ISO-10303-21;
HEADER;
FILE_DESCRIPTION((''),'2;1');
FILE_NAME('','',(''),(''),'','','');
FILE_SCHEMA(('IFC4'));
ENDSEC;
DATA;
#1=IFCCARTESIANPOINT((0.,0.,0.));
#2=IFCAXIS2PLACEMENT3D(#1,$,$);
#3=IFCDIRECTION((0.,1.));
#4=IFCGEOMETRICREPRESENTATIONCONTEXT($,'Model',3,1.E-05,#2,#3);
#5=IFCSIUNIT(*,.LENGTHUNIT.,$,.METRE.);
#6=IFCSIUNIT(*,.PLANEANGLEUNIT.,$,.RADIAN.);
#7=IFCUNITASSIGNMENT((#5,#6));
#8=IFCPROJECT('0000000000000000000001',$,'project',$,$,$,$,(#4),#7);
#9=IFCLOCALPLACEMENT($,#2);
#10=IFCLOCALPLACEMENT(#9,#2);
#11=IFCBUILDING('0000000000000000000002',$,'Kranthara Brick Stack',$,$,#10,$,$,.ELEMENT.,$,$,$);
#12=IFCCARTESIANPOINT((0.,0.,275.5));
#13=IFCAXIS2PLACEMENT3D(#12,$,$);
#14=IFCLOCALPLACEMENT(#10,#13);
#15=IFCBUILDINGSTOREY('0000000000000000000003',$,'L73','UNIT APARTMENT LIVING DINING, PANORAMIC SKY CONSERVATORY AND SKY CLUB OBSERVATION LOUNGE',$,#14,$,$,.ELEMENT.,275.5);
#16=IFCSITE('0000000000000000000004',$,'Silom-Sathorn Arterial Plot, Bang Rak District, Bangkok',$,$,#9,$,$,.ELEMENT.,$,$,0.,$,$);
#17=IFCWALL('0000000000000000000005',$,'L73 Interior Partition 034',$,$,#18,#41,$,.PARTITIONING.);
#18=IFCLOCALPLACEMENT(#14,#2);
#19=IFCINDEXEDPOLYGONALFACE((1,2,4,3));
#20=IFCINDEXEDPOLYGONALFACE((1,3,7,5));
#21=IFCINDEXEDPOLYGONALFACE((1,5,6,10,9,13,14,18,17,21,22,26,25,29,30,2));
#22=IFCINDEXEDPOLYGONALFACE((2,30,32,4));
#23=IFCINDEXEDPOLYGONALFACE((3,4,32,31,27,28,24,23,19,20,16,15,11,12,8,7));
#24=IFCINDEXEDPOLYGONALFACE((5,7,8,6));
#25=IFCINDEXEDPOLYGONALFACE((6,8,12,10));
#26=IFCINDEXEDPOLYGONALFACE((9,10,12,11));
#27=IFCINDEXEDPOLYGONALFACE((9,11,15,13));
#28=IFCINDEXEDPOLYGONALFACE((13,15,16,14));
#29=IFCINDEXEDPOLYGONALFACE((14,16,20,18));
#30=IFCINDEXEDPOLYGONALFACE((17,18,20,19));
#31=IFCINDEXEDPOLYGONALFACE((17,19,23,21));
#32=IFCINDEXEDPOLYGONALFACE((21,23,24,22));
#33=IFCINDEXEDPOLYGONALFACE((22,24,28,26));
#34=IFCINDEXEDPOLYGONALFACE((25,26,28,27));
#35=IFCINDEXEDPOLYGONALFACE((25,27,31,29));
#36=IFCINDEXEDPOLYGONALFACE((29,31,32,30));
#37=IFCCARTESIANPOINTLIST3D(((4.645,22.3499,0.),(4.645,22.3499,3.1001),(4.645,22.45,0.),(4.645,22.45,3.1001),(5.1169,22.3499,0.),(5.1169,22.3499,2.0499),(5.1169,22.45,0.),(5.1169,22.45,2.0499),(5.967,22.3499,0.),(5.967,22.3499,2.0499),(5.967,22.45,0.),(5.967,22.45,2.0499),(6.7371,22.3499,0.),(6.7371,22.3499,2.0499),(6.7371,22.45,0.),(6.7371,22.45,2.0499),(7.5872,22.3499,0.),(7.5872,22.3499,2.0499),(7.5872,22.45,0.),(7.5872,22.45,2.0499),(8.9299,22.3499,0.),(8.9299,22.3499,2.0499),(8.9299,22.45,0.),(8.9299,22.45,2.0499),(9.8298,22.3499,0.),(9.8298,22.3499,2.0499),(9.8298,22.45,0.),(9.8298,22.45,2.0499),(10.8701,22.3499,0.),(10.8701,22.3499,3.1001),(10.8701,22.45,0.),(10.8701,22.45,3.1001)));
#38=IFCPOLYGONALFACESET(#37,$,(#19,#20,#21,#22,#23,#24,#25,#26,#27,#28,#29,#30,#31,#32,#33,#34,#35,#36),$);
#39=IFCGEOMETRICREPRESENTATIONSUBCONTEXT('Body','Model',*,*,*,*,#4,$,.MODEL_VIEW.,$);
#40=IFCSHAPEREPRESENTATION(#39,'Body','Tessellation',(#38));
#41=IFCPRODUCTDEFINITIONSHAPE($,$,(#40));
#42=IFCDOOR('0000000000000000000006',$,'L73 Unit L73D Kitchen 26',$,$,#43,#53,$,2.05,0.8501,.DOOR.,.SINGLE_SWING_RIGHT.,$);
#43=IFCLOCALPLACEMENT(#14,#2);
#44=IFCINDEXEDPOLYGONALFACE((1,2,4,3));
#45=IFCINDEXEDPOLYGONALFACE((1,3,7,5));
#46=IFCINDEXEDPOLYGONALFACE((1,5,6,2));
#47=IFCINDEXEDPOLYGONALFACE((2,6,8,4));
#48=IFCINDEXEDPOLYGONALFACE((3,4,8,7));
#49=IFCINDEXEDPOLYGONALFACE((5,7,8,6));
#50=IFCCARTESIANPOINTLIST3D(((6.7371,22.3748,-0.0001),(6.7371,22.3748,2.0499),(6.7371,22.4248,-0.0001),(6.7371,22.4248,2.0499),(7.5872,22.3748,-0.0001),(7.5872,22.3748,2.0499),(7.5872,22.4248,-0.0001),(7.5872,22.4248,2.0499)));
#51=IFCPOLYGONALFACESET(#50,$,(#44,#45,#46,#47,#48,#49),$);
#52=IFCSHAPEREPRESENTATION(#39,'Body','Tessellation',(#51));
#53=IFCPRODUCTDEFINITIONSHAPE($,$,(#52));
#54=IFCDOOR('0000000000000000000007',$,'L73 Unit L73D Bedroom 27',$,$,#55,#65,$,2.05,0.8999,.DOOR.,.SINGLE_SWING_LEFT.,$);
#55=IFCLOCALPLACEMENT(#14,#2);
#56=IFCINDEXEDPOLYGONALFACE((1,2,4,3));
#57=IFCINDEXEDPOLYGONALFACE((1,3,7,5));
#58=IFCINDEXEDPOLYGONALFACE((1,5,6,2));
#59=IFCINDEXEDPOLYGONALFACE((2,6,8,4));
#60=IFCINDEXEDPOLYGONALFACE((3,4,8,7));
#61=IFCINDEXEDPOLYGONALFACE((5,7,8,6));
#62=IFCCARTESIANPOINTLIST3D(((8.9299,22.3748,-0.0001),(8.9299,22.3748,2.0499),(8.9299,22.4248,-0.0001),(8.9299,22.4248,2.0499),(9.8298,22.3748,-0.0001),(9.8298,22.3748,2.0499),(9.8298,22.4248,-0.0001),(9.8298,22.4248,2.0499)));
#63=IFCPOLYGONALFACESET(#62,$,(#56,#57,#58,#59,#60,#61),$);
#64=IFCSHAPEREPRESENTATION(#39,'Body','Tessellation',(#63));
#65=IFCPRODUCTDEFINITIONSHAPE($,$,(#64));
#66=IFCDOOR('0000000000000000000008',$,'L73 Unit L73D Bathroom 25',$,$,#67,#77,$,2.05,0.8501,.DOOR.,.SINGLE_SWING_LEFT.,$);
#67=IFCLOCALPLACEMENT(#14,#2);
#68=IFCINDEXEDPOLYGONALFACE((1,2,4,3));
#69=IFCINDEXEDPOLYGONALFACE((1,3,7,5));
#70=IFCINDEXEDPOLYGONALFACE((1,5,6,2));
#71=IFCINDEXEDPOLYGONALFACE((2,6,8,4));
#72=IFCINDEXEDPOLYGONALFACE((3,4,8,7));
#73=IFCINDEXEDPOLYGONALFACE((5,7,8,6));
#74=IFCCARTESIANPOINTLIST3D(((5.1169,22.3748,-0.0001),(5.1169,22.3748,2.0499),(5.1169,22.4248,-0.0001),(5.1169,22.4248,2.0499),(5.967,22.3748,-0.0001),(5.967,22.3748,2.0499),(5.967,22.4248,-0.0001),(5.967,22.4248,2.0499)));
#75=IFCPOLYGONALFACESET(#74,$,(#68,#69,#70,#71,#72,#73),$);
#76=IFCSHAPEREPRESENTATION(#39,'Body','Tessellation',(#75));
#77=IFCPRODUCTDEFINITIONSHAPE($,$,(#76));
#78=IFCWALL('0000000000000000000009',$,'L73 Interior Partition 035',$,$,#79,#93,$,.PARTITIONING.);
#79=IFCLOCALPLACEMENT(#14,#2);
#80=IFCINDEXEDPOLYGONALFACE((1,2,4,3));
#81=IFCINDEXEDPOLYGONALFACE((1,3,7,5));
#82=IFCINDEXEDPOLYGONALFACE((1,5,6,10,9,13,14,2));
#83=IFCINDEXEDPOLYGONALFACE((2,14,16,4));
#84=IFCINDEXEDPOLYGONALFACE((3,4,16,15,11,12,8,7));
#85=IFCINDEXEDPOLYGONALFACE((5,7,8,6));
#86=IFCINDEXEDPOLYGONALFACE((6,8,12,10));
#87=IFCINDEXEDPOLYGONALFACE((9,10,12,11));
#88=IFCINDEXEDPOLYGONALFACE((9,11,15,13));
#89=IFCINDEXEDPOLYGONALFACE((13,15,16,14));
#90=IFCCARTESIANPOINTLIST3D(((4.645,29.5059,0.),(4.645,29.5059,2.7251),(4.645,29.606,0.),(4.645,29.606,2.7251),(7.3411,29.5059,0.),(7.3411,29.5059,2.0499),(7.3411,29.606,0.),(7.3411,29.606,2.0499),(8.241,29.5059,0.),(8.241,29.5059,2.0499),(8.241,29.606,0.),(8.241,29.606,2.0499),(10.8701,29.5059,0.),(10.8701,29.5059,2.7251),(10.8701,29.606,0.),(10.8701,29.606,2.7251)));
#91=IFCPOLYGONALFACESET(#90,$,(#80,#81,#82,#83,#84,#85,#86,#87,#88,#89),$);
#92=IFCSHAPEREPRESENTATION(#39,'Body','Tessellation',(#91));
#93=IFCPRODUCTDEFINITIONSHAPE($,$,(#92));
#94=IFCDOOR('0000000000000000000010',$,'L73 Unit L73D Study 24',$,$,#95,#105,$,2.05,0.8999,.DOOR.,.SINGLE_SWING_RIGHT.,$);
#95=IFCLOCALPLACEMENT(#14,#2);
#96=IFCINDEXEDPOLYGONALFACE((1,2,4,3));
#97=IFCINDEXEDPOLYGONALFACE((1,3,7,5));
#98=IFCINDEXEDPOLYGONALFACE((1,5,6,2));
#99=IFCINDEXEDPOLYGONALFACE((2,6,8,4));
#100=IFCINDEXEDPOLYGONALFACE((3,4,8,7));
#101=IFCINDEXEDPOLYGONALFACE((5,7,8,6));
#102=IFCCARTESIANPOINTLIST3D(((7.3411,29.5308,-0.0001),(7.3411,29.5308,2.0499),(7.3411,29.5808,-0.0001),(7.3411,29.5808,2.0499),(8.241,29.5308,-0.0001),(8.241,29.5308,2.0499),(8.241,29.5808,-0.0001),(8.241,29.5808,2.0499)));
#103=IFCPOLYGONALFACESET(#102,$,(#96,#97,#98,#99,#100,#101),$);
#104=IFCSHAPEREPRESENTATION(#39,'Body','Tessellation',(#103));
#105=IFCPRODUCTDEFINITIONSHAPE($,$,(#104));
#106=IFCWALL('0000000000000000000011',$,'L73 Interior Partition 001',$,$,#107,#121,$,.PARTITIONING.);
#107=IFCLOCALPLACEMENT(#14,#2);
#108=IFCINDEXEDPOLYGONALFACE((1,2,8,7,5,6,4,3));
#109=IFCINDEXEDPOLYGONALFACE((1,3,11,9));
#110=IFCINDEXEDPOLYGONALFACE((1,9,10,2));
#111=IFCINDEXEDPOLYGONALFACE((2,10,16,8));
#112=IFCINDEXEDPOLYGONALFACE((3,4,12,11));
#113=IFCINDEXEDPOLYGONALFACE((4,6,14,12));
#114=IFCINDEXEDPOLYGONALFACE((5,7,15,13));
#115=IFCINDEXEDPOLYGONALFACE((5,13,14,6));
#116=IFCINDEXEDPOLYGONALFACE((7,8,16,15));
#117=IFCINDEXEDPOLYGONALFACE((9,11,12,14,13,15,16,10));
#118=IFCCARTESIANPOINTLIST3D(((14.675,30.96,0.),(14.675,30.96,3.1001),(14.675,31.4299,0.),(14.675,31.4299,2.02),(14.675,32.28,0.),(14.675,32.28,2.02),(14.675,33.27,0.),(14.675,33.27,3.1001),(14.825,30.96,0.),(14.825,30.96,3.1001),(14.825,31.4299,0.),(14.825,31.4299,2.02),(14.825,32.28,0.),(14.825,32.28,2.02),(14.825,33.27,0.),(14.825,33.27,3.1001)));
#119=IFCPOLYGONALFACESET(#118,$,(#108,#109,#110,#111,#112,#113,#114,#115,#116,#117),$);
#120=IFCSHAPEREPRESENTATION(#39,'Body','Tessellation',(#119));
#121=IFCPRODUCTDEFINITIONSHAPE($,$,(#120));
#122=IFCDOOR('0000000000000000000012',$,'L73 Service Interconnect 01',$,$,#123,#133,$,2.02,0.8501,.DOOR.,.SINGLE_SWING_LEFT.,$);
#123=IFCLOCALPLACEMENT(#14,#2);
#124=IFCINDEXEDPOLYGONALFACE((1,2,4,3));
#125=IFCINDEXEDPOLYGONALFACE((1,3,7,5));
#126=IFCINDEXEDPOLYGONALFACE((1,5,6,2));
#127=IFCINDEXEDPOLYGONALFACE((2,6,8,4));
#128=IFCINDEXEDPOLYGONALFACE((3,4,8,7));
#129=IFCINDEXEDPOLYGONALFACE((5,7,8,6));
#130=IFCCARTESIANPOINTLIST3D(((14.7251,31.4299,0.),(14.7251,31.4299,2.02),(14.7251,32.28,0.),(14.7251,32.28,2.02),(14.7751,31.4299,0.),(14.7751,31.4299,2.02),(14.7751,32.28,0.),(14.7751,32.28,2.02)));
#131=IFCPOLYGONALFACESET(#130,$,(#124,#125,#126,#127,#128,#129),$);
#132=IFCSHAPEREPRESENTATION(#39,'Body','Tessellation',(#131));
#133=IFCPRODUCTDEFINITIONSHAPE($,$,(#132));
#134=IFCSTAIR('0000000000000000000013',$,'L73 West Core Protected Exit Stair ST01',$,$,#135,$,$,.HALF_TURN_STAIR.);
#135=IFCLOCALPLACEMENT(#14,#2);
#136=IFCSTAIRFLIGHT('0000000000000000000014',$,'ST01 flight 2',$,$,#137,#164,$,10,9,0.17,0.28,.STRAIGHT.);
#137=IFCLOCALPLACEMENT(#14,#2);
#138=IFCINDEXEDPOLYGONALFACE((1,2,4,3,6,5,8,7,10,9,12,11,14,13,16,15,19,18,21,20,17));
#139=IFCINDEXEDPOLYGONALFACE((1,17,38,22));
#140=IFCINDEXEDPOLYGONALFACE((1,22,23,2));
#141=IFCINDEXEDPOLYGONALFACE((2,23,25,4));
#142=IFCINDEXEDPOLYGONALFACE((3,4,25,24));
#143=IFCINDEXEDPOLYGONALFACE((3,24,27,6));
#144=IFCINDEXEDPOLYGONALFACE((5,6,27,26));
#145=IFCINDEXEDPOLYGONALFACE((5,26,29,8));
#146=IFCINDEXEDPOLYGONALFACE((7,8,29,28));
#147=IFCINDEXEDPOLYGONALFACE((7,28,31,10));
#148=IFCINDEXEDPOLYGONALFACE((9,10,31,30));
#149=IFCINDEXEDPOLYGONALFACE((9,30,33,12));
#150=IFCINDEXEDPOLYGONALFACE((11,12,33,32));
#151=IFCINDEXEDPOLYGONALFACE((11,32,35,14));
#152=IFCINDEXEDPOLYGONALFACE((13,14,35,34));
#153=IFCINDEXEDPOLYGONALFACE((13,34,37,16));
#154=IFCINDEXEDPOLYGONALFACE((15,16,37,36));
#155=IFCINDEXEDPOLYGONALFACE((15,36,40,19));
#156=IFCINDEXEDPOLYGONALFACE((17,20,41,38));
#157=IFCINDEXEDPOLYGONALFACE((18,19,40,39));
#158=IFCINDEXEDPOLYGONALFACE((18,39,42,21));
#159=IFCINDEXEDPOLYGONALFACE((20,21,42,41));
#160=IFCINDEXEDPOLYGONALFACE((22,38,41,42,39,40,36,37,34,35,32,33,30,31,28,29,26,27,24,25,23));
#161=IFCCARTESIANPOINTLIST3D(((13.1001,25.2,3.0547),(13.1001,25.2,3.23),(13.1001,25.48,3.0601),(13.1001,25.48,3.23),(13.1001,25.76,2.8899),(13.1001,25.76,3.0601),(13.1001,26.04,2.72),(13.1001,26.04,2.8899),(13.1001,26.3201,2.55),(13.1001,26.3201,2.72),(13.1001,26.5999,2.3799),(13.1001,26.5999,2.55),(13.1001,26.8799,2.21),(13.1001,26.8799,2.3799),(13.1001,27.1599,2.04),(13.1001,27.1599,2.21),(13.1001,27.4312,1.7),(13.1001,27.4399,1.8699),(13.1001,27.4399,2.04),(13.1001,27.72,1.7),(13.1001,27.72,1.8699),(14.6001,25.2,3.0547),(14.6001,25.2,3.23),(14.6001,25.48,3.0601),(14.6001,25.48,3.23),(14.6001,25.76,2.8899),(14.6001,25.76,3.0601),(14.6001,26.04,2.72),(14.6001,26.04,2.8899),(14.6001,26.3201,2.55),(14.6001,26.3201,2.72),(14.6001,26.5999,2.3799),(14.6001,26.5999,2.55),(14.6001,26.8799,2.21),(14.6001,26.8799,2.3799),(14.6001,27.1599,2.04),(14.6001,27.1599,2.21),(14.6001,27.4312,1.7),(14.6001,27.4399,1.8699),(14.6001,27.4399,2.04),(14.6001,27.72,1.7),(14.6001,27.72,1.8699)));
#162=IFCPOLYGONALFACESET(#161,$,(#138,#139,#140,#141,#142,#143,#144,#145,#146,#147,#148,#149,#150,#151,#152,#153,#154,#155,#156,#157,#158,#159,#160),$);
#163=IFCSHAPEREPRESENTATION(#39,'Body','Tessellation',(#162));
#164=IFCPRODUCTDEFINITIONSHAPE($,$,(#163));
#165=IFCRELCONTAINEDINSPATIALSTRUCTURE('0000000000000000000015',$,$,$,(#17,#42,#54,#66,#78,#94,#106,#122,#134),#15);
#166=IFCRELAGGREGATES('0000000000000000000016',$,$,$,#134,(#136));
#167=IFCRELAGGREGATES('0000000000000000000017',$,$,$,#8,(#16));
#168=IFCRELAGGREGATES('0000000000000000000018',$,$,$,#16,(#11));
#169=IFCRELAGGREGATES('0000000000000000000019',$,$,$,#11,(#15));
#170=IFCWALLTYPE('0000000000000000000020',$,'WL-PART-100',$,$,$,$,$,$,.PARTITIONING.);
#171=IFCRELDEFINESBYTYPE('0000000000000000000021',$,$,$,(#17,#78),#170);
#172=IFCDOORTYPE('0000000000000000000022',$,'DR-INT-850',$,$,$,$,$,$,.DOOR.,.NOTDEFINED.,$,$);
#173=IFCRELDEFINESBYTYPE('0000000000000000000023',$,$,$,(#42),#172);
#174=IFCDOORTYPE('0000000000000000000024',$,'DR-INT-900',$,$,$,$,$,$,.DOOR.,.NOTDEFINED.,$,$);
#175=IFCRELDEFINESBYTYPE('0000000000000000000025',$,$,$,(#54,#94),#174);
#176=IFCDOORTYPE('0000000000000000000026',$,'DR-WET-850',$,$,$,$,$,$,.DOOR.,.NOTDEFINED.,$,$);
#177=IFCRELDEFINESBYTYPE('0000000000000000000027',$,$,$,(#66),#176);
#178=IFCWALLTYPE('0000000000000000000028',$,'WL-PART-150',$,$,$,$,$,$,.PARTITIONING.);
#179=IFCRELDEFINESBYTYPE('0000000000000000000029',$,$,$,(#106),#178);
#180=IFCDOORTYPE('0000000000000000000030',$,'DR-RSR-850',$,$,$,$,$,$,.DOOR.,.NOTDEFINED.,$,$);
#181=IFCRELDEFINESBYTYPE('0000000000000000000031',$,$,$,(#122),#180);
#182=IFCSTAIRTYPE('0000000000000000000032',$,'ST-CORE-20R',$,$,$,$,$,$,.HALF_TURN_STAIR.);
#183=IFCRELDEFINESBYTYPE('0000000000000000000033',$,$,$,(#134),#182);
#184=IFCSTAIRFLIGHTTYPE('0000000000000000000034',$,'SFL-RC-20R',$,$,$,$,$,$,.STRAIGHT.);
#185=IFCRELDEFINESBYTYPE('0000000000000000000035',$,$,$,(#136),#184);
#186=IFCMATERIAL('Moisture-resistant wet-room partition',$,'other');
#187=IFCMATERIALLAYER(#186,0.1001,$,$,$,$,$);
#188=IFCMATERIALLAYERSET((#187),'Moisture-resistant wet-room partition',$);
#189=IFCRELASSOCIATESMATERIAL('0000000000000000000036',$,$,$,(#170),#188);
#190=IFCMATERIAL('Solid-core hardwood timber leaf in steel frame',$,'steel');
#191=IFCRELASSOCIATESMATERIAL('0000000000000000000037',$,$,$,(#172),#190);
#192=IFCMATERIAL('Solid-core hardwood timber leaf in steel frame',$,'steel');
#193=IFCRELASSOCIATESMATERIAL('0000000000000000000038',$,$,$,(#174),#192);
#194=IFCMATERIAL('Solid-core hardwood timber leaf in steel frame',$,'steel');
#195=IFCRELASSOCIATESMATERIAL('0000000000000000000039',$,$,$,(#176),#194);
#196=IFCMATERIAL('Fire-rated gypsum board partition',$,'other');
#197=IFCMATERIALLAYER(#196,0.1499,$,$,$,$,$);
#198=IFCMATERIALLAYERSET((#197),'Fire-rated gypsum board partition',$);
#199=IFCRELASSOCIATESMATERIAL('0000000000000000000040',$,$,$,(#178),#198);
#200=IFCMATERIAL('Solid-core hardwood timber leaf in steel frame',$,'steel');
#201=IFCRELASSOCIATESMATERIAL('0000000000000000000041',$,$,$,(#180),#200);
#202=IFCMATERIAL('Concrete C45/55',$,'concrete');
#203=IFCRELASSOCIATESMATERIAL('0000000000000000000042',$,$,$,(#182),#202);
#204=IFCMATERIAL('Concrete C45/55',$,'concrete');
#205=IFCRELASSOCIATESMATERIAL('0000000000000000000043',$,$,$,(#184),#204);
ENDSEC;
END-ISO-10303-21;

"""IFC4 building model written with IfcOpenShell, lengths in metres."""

from ifc_helpers import new_model, si_unit, direction, frame, frame_2d, origin, place, context, subcontext, project, spatial, polyline, rectangle, outline, extrude, material, layer, layer_set, type_object, element, fill, aggregate, save


model = new_model("IFC4")

# Units and contexts
model_context = context("Model", 3, precision=1e-05, world=origin(), true_north=direction((0.0, 1.0)))
body_context = subcontext(model_context, "Body", "Model", "MODEL_VIEW")
ifc_project = project(units=[si_unit("LENGTHUNIT", "METRE"), si_unit("PLANEANGLEUNIT", "RADIAN")], contexts=[model_context])

# Site, building, storey
site_placement = place(None, origin())
site = spatial("IfcSite", under=ifc_project, at=site_placement, Name="Silom-Sathorn Arterial Plot, Bang Rak District, Bangkok", CompositionType="ELEMENT", RefElevation=0.0)
building_placement = place(site_placement, origin())
building = spatial("IfcBuilding", under=site, at=building_placement, Name="Kranthara Brick Stack", CompositionType="ELEMENT")
storey_placement = place(building_placement, frame((0.0, 0.0, 275.5)))
storey = spatial("IfcBuildingStorey", under=building, at=storey_placement, Name="L73", Description="UNIT APARTMENT LIVING DINING, PANORAMIC SKY CONSERVATORY AND SKY CLUB OBSERVATION LOUNGE", CompositionType="ELEMENT", Elevation=275.5)

# Wall, openings, doors
ifc_material_1 = material(Name="Moisture-resistant wet-room partition", Category="other")
ifc_layer_1 = layer(ifc_material_1, 0.1001)
ifc_layer_set_1 = layer_set([ifc_layer_1], Name="Moisture-resistant wet-room partition")
wall_type_1 = type_object("IfcWallType", Name="WL-PART-100", PredefinedType="PARTITIONING", material=ifc_layer_set_1)
wall_1_placement = place(storey_placement, frame((4.645, 22.3999, 0.0), z_axis=(0.0, 0.0, 1.0), x_axis=(1.0, 0.0, 0.0)))
wall_1 = element("IfcWall", 1, at=wall_1_placement, inside=storey, type_object=wall_type_1, Name="L73 Interior Partition 034", PredefinedType="PARTITIONING", context=body_context, shape_type="SweptSolid", body=[
    extrude(rectangle(XDim=6.2251, YDim=0.1001, at=frame_2d((3.1125, 0.0))), origin(), (0.0, 0.0, 1.0), 3.1001),
])
opening_1_placement = place(wall_1_placement, frame((0.4719, 0.0, 0.0)))
opening_1 = element("IfcOpeningElement", 2, at=opening_1_placement, cuts=wall_1, PredefinedType="OPENING", context=body_context, shape_type="SweptSolid", body=[
    extrude(rectangle(XDim=0.8501, YDim=2.05, at=frame_2d((0.425, 1.0249))), frame((0.0, 0.0601, 0.0), z_axis=(0.0, -1.0, 0.0), x_axis=(1.0, 0.0, 0.0)), (0.0, 0.0, 1.0), 0.1201),
])
opening_2_placement = place(wall_1_placement, frame((2.092, 0.0, 0.0)))
opening_2 = element("IfcOpeningElement", 3, at=opening_2_placement, cuts=wall_1, PredefinedType="OPENING", context=body_context, shape_type="SweptSolid", body=[
    extrude(rectangle(XDim=0.8501, YDim=2.05, at=frame_2d((0.425, 1.0249))), frame((0.0, 0.0601, 0.0), z_axis=(0.0, -1.0, 0.0), x_axis=(1.0, 0.0, 0.0)), (0.0, 0.0, 1.0), 0.1201),
])
opening_3_placement = place(wall_1_placement, frame((4.2849, 0.0, 0.0)))
opening_3 = element("IfcOpeningElement", 4, at=opening_3_placement, cuts=wall_1, PredefinedType="OPENING", context=body_context, shape_type="SweptSolid", body=[
    extrude(rectangle(XDim=0.8999, YDim=2.05, at=frame_2d((0.45, 1.0249))), frame((0.0, 0.0601, 0.0), z_axis=(0.0, -1.0, 0.0), x_axis=(1.0, 0.0, 0.0)), (0.0, 0.0, 1.0), 0.1201),
])
ifc_material_2 = material(Name="Solid-core hardwood timber leaf in steel frame", Category="steel")
door_type_1 = type_object("IfcDoorType", Name="DR-INT-850", OperationType="NOTDEFINED", PredefinedType="DOOR", material=ifc_material_2)
door_1_placement = place(opening_2_placement, origin())
door_1 = element("IfcDoor", 5, at=door_1_placement, inside=storey, type_object=door_type_1, Name="L73 Unit L73D Kitchen 26", OperationType="SINGLE_SWING_RIGHT", OverallHeight=2.05, OverallWidth=0.8501, PredefinedType="DOOR", context=body_context, shape_type="SweptSolid", body=[
    extrude(rectangle(XDim=0.8501, YDim=2.05, at=frame_2d((0.425, 1.0249))), frame((0.0, 0.0249, 0.0), z_axis=(0.0, -1.0, 0.0), x_axis=(1.0, 0.0, 0.0)), (0.0, 0.0, 1.0), 0.05),
])
fill(opening_2, door_1)
ifc_material_3 = material(Name="Solid-core hardwood timber leaf in steel frame", Category="steel")
door_type_2 = type_object("IfcDoorType", Name="DR-INT-900", OperationType="NOTDEFINED", PredefinedType="DOOR", material=ifc_material_3)
door_2_placement = place(opening_3_placement, origin())
door_2 = element("IfcDoor", 6, at=door_2_placement, inside=storey, type_object=door_type_2, Name="L73 Unit L73D Bedroom 27", OperationType="SINGLE_SWING_LEFT", OverallHeight=2.05, OverallWidth=0.8999, PredefinedType="DOOR", context=body_context, shape_type="SweptSolid", body=[
    extrude(rectangle(XDim=0.8999, YDim=2.05, at=frame_2d((0.45, 1.0249))), frame((0.0, 0.0249, 0.0), z_axis=(0.0, -1.0, 0.0), x_axis=(1.0, 0.0, 0.0)), (0.0, 0.0, 1.0), 0.05),
])
fill(opening_3, door_2)
ifc_material_4 = material(Name="Solid-core hardwood timber leaf in steel frame", Category="steel")
door_type_3 = type_object("IfcDoorType", Name="DR-WET-850", OperationType="NOTDEFINED", PredefinedType="DOOR", material=ifc_material_4)
door_3_placement = place(opening_1_placement, origin())
door_3 = element("IfcDoor", 7, at=door_3_placement, inside=storey, type_object=door_type_3, Name="L73 Unit L73D Bathroom 25", OperationType="SINGLE_SWING_LEFT", OverallHeight=2.05, OverallWidth=0.8501, PredefinedType="DOOR", context=body_context, shape_type="SweptSolid", body=[
    extrude(rectangle(XDim=0.8501, YDim=2.05, at=frame_2d((0.425, 1.0249))), frame((0.0, 0.0249, 0.0), z_axis=(0.0, -1.0, 0.0), x_axis=(1.0, 0.0, 0.0)), (0.0, 0.0, 1.0), 0.05),
])
fill(opening_1, door_3)

# Walls, openings, doors
wall_2_placement = place(storey_placement, frame((4.645, 29.5559, 0.0), z_axis=(0.0, 0.0, 1.0), x_axis=(1.0, 0.0, 0.0)))
wall_2 = element("IfcWall", 8, at=wall_2_placement, inside=storey, type_object=wall_type_1, Name="L73 Interior Partition 035", PredefinedType="PARTITIONING", context=body_context, shape_type="SweptSolid", body=[
    extrude(rectangle(XDim=6.2251, YDim=0.1001, at=frame_2d((3.1125, 0.0))), origin(), (0.0, 0.0, 1.0), 2.7251),
])
opening_4_placement = place(wall_2_placement, frame((2.696, 0.0, 0.0)))
opening_4 = element("IfcOpeningElement", 9, at=opening_4_placement, cuts=wall_2, PredefinedType="OPENING", context=body_context, shape_type="SweptSolid", body=[
    extrude(rectangle(XDim=0.8999, YDim=2.05, at=frame_2d((0.45, 1.0249))), frame((0.0, 0.0601, 0.0), z_axis=(0.0, -1.0, 0.0), x_axis=(1.0, 0.0, 0.0)), (0.0, 0.0, 1.0), 0.1201),
])
door_4_placement = place(opening_4_placement, origin())
door_4 = element("IfcDoor", 10, at=door_4_placement, inside=storey, type_object=door_type_2, Name="L73 Unit L73D Study 24", OperationType="SINGLE_SWING_RIGHT", OverallHeight=2.05, OverallWidth=0.8999, PredefinedType="DOOR", context=body_context, shape_type="SweptSolid", body=[
    extrude(rectangle(XDim=0.8999, YDim=2.05, at=frame_2d((0.45, 1.0249))), frame((0.0, 0.0249, 0.0), z_axis=(0.0, -1.0, 0.0), x_axis=(1.0, 0.0, 0.0)), (0.0, 0.0, 1.0), 0.05),
])
fill(opening_4, door_4)
ifc_material_5 = material(Name="Fire-rated gypsum board partition", Category="other")
ifc_layer_2 = layer(ifc_material_5, 0.1499)
ifc_layer_set_2 = layer_set([ifc_layer_2], Name="Fire-rated gypsum board partition")
wall_type_2 = type_object("IfcWallType", Name="WL-PART-150", PredefinedType="PARTITIONING", material=ifc_layer_set_2)
wall_3_placement = place(storey_placement, frame((14.75, 30.96, 0.0), z_axis=(0.0, 0.0, 1.0), x_axis=(0.0, 1.0, 0.0)))
wall_3 = element("IfcWall", 11, at=wall_3_placement, inside=storey, type_object=wall_type_2, Name="L73 Interior Partition 001", PredefinedType="PARTITIONING", context=body_context, shape_type="SweptSolid", body=[
    extrude(rectangle(XDim=2.3101, YDim=0.1499, at=frame_2d((1.155, 0.0))), origin(), (0.0, 0.0, 1.0), 3.1001),
])
opening_5_placement = place(wall_3_placement, frame((0.47, 0.0, 0.0)))
opening_5 = element("IfcOpeningElement", 12, at=opening_5_placement, cuts=wall_3, PredefinedType="OPENING", context=body_context, shape_type="SweptSolid", body=[
    extrude(rectangle(XDim=0.8501, YDim=2.02, at=frame_2d((0.425, 1.01))), frame((0.0, 0.085, 0.0), z_axis=(0.0, -1.0, 0.0), x_axis=(1.0, 0.0, 0.0)), (0.0, 0.0, 1.0), 0.1699),
])
ifc_material_6 = material(Name="Solid-core hardwood timber leaf in steel frame", Category="steel")
door_type_4 = type_object("IfcDoorType", Name="DR-RSR-850", OperationType="NOTDEFINED", PredefinedType="DOOR", material=ifc_material_6)
door_5_placement = place(opening_5_placement, origin())
door_5 = element("IfcDoor", 13, at=door_5_placement, inside=storey, type_object=door_type_4, Name="L73 Service Interconnect 01", OperationType="SINGLE_SWING_LEFT", OverallHeight=2.02, OverallWidth=0.8501, PredefinedType="DOOR", context=body_context, shape_type="SweptSolid", body=[
    extrude(rectangle(XDim=0.8501, YDim=2.02, at=frame_2d((0.425, 1.01))), frame((0.0, 0.0249, 0.0), z_axis=(0.0, -1.0, 0.0), x_axis=(1.0, 0.0, 0.0)), (0.0, 0.0, 1.0), 0.05),
])
fill(opening_5, door_5)

# Stair, stair flight
ifc_material_7 = material(Name="Concrete C45/55", Category="concrete")
stair_type = type_object("IfcStairType", Name="ST-CORE-20R", PredefinedType="HALF_TURN_STAIR", material=ifc_material_7)
stair_placement = place(storey_placement, origin())
stair = element("IfcStair", 14, at=stair_placement, inside=storey, type_object=stair_type, Name="L73 West Core Protected Exit Stair ST01", PredefinedType="HALF_TURN_STAIR")
ifc_material_8 = material(Name="Concrete C45/55", Category="concrete")
stair_flight_type = type_object("IfcStairFlightType", Name="SFL-RC-20R", PredefinedType="STRAIGHT", material=ifc_material_8)
stair_flight_placement = place(storey_placement, frame((13.8501, 27.72, 1.7), z_axis=(0.0, 0.0, 1.0), x_axis=(0.0, -1.0, 0.0)))
stair_flight = element("IfcStairFlight", 15, at=stair_flight_placement, type_object=stair_flight_type, Name="ST01 flight 2", NumberOfRisers=10, NumberOfTreads=9, PredefinedType="STRAIGHT", RiserHeight=0.17, TreadLength=0.28, context=body_context, shape_type="SweptSolid", body=[
    extrude(outline(polyline([(0.0, 0.0), (0.0, 0.1699), (0.28, 0.1699), (0.28, 0.3401), (0.5601, 0.3401), (0.5601, 0.51), (0.8401, 0.51), (0.8401, 0.6799), (1.1201, 0.6799), (1.1201, 0.8501), (1.3999, 0.8501), (1.3999, 1.02), (1.6799, 1.02), (1.6799, 1.1899), (1.96, 1.1899), (1.96, 1.3601), (2.24, 1.3601), (2.24, 1.53), (2.52, 1.53), (2.52, 1.7), (2.52, 1.3547), (0.2888, 0.0), (0.0, 0.0)])), frame((0.0, 0.75, 0.0), z_axis=(0.0, -1.0, 0.0), x_axis=(1.0, 0.0, 0.0)), (0.0, 0.0, 1.0), 1.5),
])
aggregate(stair, [stair_flight])

save(model, "model.ifc")
